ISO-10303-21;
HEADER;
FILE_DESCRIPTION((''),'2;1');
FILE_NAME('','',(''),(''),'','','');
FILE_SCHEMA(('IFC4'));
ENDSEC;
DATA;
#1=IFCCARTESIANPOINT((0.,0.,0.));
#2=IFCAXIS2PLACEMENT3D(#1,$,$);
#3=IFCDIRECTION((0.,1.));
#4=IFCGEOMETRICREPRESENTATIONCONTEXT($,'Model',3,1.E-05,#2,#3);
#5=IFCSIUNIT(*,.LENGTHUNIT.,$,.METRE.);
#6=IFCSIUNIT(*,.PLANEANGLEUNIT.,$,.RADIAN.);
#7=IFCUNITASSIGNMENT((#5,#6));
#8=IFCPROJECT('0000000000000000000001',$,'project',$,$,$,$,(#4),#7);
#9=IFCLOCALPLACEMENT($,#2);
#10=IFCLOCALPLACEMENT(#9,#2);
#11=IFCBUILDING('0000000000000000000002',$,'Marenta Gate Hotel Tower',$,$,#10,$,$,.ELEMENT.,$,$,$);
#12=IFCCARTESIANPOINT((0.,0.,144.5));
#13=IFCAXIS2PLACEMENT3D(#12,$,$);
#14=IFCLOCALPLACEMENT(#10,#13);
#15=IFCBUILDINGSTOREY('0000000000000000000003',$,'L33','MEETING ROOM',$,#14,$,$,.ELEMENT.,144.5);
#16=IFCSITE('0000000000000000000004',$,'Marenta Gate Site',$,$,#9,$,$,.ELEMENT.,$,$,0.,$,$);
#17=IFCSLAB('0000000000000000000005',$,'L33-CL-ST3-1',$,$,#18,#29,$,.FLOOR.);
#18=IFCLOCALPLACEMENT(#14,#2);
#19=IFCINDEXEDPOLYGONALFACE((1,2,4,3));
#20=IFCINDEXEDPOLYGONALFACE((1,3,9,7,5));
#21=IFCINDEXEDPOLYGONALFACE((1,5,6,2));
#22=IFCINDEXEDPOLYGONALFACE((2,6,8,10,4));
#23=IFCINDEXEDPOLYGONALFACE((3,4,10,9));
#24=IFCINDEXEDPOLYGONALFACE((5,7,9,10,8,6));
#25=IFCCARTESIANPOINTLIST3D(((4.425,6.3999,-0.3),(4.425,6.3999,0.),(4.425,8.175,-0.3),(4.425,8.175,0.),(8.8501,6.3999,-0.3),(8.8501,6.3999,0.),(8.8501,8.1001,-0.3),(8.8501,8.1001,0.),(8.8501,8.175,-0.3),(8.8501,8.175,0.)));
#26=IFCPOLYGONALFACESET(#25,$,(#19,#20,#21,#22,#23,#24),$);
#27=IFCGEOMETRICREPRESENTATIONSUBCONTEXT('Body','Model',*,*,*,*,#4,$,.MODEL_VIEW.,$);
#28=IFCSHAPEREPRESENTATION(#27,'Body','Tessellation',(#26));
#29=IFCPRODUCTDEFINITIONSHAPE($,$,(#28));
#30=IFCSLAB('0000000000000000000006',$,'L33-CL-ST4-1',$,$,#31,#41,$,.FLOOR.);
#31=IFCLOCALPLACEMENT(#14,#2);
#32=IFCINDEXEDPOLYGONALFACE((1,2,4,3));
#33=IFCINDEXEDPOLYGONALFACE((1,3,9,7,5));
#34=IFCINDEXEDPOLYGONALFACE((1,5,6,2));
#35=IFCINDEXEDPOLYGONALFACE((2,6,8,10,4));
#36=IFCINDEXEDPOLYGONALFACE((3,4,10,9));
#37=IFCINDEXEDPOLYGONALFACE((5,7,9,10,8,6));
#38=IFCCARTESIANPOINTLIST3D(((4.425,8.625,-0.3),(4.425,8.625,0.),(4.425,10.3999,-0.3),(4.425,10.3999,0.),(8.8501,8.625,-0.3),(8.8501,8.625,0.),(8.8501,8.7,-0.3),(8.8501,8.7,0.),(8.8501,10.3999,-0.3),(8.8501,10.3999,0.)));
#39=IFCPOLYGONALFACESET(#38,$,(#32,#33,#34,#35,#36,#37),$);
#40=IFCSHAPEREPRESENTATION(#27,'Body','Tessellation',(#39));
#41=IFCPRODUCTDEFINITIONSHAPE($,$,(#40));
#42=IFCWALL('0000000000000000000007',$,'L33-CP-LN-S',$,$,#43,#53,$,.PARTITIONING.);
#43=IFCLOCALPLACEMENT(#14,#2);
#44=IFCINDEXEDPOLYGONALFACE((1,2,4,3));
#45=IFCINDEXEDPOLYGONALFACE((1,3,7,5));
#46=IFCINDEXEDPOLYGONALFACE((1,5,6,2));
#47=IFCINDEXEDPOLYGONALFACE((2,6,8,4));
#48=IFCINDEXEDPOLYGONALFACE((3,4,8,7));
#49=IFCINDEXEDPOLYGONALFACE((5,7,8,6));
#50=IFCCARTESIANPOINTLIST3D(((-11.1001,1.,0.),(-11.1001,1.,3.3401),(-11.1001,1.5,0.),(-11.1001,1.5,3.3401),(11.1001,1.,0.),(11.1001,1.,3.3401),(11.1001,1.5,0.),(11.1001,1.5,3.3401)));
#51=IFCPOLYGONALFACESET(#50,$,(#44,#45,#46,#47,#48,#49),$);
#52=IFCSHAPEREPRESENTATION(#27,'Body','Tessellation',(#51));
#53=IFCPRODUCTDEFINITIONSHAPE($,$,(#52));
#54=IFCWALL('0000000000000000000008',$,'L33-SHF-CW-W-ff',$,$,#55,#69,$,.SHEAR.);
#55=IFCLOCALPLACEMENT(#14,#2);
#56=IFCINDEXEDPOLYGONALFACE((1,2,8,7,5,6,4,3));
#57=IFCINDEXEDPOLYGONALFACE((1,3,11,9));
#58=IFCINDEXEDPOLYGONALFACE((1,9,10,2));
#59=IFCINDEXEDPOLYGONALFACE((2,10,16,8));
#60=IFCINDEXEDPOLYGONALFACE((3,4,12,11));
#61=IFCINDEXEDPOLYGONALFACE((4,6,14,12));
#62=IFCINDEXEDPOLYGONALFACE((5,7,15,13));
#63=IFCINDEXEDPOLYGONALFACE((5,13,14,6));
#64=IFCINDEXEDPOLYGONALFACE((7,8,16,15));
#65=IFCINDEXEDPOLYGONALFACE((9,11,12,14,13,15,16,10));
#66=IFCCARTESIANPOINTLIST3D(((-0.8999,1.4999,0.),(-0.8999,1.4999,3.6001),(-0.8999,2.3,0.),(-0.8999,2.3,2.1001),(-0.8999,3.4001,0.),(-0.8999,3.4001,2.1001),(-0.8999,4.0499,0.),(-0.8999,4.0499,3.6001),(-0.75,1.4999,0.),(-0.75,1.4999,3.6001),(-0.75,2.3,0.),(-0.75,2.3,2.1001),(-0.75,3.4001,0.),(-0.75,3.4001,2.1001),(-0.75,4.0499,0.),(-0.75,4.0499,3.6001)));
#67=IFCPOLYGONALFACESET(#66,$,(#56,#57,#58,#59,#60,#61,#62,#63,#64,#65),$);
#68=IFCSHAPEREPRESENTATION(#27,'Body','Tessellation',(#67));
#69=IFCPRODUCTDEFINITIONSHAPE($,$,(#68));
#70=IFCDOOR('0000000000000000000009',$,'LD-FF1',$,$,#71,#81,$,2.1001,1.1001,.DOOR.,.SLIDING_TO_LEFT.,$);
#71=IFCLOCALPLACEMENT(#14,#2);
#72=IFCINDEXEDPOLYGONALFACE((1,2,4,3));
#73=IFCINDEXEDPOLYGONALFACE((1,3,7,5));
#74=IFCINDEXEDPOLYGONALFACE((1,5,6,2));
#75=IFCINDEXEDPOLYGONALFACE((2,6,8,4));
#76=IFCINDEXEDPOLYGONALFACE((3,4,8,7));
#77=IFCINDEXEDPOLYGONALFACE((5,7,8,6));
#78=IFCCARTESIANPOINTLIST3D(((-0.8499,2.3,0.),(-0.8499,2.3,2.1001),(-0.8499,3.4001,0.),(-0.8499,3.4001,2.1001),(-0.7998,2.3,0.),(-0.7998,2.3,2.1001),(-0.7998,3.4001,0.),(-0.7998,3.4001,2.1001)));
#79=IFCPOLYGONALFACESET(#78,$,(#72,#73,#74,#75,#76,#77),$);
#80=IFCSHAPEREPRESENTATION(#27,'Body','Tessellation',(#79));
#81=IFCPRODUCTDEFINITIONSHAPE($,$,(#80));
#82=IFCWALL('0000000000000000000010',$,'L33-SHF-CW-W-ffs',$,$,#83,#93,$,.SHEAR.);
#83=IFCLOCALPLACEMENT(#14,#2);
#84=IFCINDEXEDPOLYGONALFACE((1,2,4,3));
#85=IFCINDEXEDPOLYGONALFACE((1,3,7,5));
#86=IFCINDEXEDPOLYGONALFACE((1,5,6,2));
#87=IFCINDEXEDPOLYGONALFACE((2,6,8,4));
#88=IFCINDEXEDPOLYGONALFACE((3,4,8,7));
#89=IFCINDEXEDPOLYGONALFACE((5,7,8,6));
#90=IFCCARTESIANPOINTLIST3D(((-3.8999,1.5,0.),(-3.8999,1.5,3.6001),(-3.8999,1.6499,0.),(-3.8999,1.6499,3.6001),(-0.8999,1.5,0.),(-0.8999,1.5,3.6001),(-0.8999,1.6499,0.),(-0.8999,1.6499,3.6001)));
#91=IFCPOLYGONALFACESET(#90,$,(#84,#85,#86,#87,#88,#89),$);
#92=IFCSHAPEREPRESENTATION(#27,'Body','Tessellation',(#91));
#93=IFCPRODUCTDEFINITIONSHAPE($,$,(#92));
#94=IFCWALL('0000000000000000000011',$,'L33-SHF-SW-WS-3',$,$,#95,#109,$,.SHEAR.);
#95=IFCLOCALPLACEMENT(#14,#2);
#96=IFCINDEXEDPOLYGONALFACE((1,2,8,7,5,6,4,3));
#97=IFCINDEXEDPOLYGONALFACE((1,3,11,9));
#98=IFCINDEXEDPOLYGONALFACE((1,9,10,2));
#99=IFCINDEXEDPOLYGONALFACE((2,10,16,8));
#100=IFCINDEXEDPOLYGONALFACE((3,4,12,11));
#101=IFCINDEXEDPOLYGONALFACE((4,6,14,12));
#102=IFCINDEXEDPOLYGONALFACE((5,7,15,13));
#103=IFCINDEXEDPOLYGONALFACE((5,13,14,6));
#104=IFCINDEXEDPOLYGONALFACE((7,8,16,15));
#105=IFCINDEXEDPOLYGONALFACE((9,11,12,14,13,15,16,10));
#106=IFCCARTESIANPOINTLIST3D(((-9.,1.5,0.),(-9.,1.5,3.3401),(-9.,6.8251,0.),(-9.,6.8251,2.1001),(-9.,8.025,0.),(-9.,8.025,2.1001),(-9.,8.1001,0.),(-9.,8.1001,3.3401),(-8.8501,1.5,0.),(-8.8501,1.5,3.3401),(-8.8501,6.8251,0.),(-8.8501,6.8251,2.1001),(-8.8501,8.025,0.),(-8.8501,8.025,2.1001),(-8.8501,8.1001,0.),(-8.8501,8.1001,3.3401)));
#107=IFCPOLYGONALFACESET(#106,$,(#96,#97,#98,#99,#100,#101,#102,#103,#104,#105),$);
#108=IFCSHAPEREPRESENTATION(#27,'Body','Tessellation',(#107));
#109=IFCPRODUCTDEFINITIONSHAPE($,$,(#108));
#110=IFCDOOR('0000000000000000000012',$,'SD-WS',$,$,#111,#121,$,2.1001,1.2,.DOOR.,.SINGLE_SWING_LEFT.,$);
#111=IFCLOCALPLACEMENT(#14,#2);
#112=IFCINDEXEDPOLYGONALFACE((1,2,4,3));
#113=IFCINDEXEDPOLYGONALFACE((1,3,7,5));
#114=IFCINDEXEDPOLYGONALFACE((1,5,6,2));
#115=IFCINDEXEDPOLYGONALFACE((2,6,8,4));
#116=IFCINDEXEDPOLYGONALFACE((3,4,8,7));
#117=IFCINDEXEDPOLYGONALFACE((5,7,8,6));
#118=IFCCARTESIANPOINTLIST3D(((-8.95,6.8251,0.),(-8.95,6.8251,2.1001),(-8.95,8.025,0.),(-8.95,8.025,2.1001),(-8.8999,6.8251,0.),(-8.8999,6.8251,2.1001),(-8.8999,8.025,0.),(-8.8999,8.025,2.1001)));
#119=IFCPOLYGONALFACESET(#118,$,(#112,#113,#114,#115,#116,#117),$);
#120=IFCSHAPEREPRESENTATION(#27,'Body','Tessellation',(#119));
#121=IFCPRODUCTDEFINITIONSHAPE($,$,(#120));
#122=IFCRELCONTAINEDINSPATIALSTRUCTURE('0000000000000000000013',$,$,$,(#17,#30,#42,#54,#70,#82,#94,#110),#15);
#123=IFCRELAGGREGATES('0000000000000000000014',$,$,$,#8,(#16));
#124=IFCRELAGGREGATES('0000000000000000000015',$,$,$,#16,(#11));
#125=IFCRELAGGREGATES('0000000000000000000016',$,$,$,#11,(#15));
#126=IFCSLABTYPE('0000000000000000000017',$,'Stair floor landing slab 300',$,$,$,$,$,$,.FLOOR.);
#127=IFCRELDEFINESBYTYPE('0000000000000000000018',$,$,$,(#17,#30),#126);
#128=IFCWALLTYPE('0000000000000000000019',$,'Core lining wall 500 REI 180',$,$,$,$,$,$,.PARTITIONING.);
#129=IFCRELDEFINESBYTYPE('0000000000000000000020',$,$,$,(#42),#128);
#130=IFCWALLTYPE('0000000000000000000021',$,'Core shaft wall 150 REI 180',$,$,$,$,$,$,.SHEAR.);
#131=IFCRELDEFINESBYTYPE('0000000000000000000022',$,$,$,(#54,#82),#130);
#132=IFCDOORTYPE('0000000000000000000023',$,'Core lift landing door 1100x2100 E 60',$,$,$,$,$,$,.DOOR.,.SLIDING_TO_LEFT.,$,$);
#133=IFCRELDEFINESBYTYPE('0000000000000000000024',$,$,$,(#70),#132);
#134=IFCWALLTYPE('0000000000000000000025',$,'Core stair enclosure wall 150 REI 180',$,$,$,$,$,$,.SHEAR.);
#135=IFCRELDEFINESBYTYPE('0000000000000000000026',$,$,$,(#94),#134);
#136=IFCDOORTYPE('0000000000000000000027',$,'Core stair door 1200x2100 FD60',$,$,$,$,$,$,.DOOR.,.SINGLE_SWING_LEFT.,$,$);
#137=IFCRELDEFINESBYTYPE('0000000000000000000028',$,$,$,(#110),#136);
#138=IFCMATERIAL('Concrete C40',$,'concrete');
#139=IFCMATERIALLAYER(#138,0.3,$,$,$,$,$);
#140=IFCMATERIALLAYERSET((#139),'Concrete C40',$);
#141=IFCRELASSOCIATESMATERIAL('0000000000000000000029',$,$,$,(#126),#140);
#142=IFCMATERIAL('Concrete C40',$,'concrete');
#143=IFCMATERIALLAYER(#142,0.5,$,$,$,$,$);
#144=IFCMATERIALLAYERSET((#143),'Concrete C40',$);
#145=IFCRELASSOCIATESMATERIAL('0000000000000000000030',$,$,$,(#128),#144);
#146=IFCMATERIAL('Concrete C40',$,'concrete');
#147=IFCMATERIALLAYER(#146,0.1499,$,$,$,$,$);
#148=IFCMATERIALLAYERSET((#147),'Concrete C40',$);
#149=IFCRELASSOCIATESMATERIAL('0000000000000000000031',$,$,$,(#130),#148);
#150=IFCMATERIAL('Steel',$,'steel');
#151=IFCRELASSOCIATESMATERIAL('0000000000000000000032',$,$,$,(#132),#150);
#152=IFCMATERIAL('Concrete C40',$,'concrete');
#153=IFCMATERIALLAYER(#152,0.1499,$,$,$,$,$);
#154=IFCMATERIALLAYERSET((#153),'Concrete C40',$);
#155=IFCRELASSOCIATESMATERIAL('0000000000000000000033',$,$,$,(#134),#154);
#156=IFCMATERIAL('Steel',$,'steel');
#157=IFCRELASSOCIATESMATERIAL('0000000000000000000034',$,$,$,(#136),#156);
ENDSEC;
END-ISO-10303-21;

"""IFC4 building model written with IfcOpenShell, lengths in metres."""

from ifc_helpers import new_model, si_unit, direction, frame, frame_2d, origin, place, context, subcontext, project, spatial, polyline, rectangle, outline, extrude, material, layer, layer_set, type_object, element, fill, save


model = new_model("IFC4")

# Units and contexts
model_context = context("Model", 3, precision=1e-05, world=origin(), true_north=direction((0.0, 1.0)))
body_context = subcontext(model_context, "Body", "Model", "MODEL_VIEW")
ifc_project = project(units=[si_unit("LENGTHUNIT", "METRE"), si_unit("PLANEANGLEUNIT", "RADIAN")], contexts=[model_context])

# Site, building, storey
site_placement = place(None, origin())
site = spatial("IfcSite", under=ifc_project, at=site_placement, Name="Marenta Gate Site", CompositionType="ELEMENT", RefElevation=0.0)
building_placement = place(site_placement, origin())
building = spatial("IfcBuilding", under=site, at=building_placement, Name="Marenta Gate Hotel Tower", CompositionType="ELEMENT")
storey_placement = place(building_placement, frame((0.0, 0.0, 144.5)))
storey = spatial("IfcBuildingStorey", under=building, at=storey_placement, Name="L33", Description="MEETING ROOM", CompositionType="ELEMENT", Elevation=144.5)

# Slabs
ifc_material_1 = material(Name="Concrete C40", Category="concrete")
ifc_layer_1 = layer(ifc_material_1, 0.3)
ifc_layer_set_1 = layer_set([ifc_layer_1], Name="Concrete C40")
slab_type_1 = type_object("IfcSlabType", Name="Stair floor landing slab 300", PredefinedType="FLOOR", material=ifc_layer_set_1)
slab_1_placement = place(storey_placement, frame((0.0, 0.0, -0.3)))
element("IfcSlab", 1, at=slab_1_placement, inside=storey, type_object=slab_type_1, Name="L33-CL-ST3-1", PredefinedType="FLOOR", context=body_context, shape_type="SweptSolid", body=[
    extrude(outline(polyline([(4.425, 6.3999), (4.425, 8.175), (8.8501, 8.175), (8.8501, 8.1001), (8.8501, 6.3999), (4.425, 6.3999)])), origin(), (0.0, 0.0, 1.0), 0.3),
])
slab_2_placement = place(storey_placement, frame((0.0, 0.0, -0.3)))
element("IfcSlab", 2, at=slab_2_placement, inside=storey, type_object=slab_type_1, Name="L33-CL-ST4-1", PredefinedType="FLOOR", context=body_context, shape_type="SweptSolid", body=[
    extrude(outline(polyline([(4.425, 8.625), (4.425, 10.3999), (8.8501, 10.3999), (8.8501, 8.7), (8.8501, 8.625), (4.425, 8.625)])), origin(), (0.0, 0.0, 1.0), 0.3),
])

# Wall
ifc_material_2 = material(Name="Concrete C40", Category="concrete")
ifc_layer_2 = layer(ifc_material_2, 0.5)
ifc_layer_set_2 = layer_set([ifc_layer_2], Name="Concrete C40")
wall_type_1 = type_object("IfcWallType", Name="Core lining wall 500 REI 180", PredefinedType="PARTITIONING", material=ifc_layer_set_2)
wall_1_placement = place(storey_placement, frame((-11.1001, 1.25, 0.0), z_axis=(0.0, 0.0, 1.0), x_axis=(1.0, 0.0, 0.0)))
element("IfcWall", 3, at=wall_1_placement, inside=storey, type_object=wall_type_1, Name="L33-CP-LN-S", PredefinedType="PARTITIONING", context=body_context, shape_type="SweptSolid", body=[
    extrude(rectangle(XDim=22.2002, YDim=0.5, at=frame_2d((11.1001, 0.0))), origin(), (0.0, 0.0, 1.0), 3.3401),
])

# Wall, opening, door
ifc_material_3 = material(Name="Concrete C40", Category="concrete")
ifc_layer_3 = layer(ifc_material_3, 0.1499)
ifc_layer_set_3 = layer_set([ifc_layer_3], Name="Concrete C40")
wall_type_2 = type_object("IfcWallType", Name="Core shaft wall 150 REI 180", PredefinedType="SHEAR", material=ifc_layer_set_3)
wall_2_placement = place(storey_placement, frame((-0.825, 1.5, 0.0), z_axis=(0.0, 0.0, 1.0), x_axis=(0.0, 1.0, 0.0)))
wall_2 = element("IfcWall", 4, at=wall_2_placement, inside=storey, type_object=wall_type_2, Name="L33-SHF-CW-W-ff", PredefinedType="SHEAR", context=body_context, shape_type="SweptSolid", body=[
    extrude(rectangle(XDim=2.55, YDim=0.1499, at=frame_2d((1.2749, 0.0))), origin(), (0.0, 0.0, 1.0), 3.6001),
])
opening_1_placement = place(wall_2_placement, frame((0.8, 0.0, 0.0)))
opening_1 = element("IfcOpeningElement", 5, at=opening_1_placement, cuts=wall_2, PredefinedType="OPENING", context=body_context, shape_type="SweptSolid", body=[
    extrude(rectangle(XDim=1.1001, YDim=2.1001, at=frame_2d((0.55, 1.05))), frame((0.0, 0.075, 0.0), z_axis=(0.0, -1.0, 0.0), x_axis=(1.0, 0.0, 0.0)), (0.0, 0.0, 1.0), 0.1499),
])
ifc_material_4 = material(Name="Steel", Category="steel")
door_type_1 = type_object("IfcDoorType", Name="Core lift landing door 1100x2100 E 60", OperationType="SLIDING_TO_LEFT", PredefinedType="DOOR", material=ifc_material_4)
door_1_placement = place(opening_1_placement, origin())
door_1 = element("IfcDoor", 6, at=door_1_placement, inside=storey, type_object=door_type_1, Name="LD-FF1", OperationType="SLIDING_TO_LEFT", OverallHeight=2.1001, OverallWidth=1.1001, PredefinedType="DOOR", context=body_context, shape_type="SweptSolid", body=[
    extrude(rectangle(XDim=1.1001, YDim=2.1001, at=frame_2d((0.55, 1.05))), frame((0.0, 0.0249, 0.0), z_axis=(0.0, -1.0, 0.0), x_axis=(1.0, 0.0, 0.0)), (0.0, 0.0, 1.0), 0.05),
])
fill(opening_1, door_1)

# Wall
wall_3_placement = place(storey_placement, frame((-3.8999, 1.575, 0.0), z_axis=(0.0, 0.0, 1.0), x_axis=(1.0, 0.0, 0.0)))
element("IfcWall", 7, at=wall_3_placement, inside=storey, type_object=wall_type_2, Name="L33-SHF-CW-W-ffs", PredefinedType="SHEAR", context=body_context, shape_type="SweptSolid", body=[
    extrude(rectangle(XDim=3.0, YDim=0.1499, at=frame_2d((1.5, 0.0))), origin(), (0.0, 0.0, 1.0), 3.6001),
])

# Wall, opening, door
ifc_material_5 = material(Name="Concrete C40", Category="concrete")
ifc_layer_4 = layer(ifc_material_5, 0.1499)
ifc_layer_set_4 = layer_set([ifc_layer_4], Name="Concrete C40")
wall_type_3 = type_object("IfcWallType", Name="Core stair enclosure wall 150 REI 180", PredefinedType="SHEAR", material=ifc_layer_set_4)
wall_4_placement = place(storey_placement, frame((-8.925, 1.5, 0.0), z_axis=(0.0, 0.0, 1.0), x_axis=(0.0, 1.0, 0.0)))
wall_4 = element("IfcWall", 8, at=wall_4_placement, inside=storey, type_object=wall_type_3, Name="L33-SHF-SW-WS-3", PredefinedType="SHEAR", context=body_context, shape_type="SweptSolid", body=[
    extrude(rectangle(XDim=6.6001, YDim=0.1499, at=frame_2d((3.3, 0.0))), origin(), (0.0, 0.0, 1.0), 3.3401),
])
opening_2_placement = place(wall_4_placement, frame((5.325, 0.0, 0.0)))
opening_2 = element("IfcOpeningElement", 9, at=opening_2_placement, cuts=wall_4, PredefinedType="OPENING", context=body_context, shape_type="SweptSolid", body=[
    extrude(rectangle(XDim=1.2, YDim=2.1001, at=frame_2d((0.6001, 1.05))), frame((0.0, 0.075, 0.0), z_axis=(0.0, -1.0, 0.0), x_axis=(1.0, 0.0, 0.0)), (0.0, 0.0, 1.0), 0.1499),
])
ifc_material_6 = material(Name="Steel", Category="steel")
door_type_2 = type_object("IfcDoorType", Name="Core stair door 1200x2100 FD60", OperationType="SINGLE_SWING_LEFT", PredefinedType="DOOR", material=ifc_material_6)
door_2_placement = place(opening_2_placement, origin())
door_2 = element("IfcDoor", 10, at=door_2_placement, inside=storey, type_object=door_type_2, Name="SD-WS", OperationType="SINGLE_SWING_LEFT", OverallHeight=2.1001, OverallWidth=1.2, PredefinedType="DOOR", context=body_context, shape_type="SweptSolid", body=[
    extrude(rectangle(XDim=1.2, YDim=2.1001, at=frame_2d((0.6001, 1.05))), frame((0.0, 0.0249, 0.0), z_axis=(0.0, -1.0, 0.0), x_axis=(1.0, 0.0, 0.0)), (0.0, 0.0, 1.0), 0.05),
])
fill(opening_2, door_2)

save(model, "model.ifc")
